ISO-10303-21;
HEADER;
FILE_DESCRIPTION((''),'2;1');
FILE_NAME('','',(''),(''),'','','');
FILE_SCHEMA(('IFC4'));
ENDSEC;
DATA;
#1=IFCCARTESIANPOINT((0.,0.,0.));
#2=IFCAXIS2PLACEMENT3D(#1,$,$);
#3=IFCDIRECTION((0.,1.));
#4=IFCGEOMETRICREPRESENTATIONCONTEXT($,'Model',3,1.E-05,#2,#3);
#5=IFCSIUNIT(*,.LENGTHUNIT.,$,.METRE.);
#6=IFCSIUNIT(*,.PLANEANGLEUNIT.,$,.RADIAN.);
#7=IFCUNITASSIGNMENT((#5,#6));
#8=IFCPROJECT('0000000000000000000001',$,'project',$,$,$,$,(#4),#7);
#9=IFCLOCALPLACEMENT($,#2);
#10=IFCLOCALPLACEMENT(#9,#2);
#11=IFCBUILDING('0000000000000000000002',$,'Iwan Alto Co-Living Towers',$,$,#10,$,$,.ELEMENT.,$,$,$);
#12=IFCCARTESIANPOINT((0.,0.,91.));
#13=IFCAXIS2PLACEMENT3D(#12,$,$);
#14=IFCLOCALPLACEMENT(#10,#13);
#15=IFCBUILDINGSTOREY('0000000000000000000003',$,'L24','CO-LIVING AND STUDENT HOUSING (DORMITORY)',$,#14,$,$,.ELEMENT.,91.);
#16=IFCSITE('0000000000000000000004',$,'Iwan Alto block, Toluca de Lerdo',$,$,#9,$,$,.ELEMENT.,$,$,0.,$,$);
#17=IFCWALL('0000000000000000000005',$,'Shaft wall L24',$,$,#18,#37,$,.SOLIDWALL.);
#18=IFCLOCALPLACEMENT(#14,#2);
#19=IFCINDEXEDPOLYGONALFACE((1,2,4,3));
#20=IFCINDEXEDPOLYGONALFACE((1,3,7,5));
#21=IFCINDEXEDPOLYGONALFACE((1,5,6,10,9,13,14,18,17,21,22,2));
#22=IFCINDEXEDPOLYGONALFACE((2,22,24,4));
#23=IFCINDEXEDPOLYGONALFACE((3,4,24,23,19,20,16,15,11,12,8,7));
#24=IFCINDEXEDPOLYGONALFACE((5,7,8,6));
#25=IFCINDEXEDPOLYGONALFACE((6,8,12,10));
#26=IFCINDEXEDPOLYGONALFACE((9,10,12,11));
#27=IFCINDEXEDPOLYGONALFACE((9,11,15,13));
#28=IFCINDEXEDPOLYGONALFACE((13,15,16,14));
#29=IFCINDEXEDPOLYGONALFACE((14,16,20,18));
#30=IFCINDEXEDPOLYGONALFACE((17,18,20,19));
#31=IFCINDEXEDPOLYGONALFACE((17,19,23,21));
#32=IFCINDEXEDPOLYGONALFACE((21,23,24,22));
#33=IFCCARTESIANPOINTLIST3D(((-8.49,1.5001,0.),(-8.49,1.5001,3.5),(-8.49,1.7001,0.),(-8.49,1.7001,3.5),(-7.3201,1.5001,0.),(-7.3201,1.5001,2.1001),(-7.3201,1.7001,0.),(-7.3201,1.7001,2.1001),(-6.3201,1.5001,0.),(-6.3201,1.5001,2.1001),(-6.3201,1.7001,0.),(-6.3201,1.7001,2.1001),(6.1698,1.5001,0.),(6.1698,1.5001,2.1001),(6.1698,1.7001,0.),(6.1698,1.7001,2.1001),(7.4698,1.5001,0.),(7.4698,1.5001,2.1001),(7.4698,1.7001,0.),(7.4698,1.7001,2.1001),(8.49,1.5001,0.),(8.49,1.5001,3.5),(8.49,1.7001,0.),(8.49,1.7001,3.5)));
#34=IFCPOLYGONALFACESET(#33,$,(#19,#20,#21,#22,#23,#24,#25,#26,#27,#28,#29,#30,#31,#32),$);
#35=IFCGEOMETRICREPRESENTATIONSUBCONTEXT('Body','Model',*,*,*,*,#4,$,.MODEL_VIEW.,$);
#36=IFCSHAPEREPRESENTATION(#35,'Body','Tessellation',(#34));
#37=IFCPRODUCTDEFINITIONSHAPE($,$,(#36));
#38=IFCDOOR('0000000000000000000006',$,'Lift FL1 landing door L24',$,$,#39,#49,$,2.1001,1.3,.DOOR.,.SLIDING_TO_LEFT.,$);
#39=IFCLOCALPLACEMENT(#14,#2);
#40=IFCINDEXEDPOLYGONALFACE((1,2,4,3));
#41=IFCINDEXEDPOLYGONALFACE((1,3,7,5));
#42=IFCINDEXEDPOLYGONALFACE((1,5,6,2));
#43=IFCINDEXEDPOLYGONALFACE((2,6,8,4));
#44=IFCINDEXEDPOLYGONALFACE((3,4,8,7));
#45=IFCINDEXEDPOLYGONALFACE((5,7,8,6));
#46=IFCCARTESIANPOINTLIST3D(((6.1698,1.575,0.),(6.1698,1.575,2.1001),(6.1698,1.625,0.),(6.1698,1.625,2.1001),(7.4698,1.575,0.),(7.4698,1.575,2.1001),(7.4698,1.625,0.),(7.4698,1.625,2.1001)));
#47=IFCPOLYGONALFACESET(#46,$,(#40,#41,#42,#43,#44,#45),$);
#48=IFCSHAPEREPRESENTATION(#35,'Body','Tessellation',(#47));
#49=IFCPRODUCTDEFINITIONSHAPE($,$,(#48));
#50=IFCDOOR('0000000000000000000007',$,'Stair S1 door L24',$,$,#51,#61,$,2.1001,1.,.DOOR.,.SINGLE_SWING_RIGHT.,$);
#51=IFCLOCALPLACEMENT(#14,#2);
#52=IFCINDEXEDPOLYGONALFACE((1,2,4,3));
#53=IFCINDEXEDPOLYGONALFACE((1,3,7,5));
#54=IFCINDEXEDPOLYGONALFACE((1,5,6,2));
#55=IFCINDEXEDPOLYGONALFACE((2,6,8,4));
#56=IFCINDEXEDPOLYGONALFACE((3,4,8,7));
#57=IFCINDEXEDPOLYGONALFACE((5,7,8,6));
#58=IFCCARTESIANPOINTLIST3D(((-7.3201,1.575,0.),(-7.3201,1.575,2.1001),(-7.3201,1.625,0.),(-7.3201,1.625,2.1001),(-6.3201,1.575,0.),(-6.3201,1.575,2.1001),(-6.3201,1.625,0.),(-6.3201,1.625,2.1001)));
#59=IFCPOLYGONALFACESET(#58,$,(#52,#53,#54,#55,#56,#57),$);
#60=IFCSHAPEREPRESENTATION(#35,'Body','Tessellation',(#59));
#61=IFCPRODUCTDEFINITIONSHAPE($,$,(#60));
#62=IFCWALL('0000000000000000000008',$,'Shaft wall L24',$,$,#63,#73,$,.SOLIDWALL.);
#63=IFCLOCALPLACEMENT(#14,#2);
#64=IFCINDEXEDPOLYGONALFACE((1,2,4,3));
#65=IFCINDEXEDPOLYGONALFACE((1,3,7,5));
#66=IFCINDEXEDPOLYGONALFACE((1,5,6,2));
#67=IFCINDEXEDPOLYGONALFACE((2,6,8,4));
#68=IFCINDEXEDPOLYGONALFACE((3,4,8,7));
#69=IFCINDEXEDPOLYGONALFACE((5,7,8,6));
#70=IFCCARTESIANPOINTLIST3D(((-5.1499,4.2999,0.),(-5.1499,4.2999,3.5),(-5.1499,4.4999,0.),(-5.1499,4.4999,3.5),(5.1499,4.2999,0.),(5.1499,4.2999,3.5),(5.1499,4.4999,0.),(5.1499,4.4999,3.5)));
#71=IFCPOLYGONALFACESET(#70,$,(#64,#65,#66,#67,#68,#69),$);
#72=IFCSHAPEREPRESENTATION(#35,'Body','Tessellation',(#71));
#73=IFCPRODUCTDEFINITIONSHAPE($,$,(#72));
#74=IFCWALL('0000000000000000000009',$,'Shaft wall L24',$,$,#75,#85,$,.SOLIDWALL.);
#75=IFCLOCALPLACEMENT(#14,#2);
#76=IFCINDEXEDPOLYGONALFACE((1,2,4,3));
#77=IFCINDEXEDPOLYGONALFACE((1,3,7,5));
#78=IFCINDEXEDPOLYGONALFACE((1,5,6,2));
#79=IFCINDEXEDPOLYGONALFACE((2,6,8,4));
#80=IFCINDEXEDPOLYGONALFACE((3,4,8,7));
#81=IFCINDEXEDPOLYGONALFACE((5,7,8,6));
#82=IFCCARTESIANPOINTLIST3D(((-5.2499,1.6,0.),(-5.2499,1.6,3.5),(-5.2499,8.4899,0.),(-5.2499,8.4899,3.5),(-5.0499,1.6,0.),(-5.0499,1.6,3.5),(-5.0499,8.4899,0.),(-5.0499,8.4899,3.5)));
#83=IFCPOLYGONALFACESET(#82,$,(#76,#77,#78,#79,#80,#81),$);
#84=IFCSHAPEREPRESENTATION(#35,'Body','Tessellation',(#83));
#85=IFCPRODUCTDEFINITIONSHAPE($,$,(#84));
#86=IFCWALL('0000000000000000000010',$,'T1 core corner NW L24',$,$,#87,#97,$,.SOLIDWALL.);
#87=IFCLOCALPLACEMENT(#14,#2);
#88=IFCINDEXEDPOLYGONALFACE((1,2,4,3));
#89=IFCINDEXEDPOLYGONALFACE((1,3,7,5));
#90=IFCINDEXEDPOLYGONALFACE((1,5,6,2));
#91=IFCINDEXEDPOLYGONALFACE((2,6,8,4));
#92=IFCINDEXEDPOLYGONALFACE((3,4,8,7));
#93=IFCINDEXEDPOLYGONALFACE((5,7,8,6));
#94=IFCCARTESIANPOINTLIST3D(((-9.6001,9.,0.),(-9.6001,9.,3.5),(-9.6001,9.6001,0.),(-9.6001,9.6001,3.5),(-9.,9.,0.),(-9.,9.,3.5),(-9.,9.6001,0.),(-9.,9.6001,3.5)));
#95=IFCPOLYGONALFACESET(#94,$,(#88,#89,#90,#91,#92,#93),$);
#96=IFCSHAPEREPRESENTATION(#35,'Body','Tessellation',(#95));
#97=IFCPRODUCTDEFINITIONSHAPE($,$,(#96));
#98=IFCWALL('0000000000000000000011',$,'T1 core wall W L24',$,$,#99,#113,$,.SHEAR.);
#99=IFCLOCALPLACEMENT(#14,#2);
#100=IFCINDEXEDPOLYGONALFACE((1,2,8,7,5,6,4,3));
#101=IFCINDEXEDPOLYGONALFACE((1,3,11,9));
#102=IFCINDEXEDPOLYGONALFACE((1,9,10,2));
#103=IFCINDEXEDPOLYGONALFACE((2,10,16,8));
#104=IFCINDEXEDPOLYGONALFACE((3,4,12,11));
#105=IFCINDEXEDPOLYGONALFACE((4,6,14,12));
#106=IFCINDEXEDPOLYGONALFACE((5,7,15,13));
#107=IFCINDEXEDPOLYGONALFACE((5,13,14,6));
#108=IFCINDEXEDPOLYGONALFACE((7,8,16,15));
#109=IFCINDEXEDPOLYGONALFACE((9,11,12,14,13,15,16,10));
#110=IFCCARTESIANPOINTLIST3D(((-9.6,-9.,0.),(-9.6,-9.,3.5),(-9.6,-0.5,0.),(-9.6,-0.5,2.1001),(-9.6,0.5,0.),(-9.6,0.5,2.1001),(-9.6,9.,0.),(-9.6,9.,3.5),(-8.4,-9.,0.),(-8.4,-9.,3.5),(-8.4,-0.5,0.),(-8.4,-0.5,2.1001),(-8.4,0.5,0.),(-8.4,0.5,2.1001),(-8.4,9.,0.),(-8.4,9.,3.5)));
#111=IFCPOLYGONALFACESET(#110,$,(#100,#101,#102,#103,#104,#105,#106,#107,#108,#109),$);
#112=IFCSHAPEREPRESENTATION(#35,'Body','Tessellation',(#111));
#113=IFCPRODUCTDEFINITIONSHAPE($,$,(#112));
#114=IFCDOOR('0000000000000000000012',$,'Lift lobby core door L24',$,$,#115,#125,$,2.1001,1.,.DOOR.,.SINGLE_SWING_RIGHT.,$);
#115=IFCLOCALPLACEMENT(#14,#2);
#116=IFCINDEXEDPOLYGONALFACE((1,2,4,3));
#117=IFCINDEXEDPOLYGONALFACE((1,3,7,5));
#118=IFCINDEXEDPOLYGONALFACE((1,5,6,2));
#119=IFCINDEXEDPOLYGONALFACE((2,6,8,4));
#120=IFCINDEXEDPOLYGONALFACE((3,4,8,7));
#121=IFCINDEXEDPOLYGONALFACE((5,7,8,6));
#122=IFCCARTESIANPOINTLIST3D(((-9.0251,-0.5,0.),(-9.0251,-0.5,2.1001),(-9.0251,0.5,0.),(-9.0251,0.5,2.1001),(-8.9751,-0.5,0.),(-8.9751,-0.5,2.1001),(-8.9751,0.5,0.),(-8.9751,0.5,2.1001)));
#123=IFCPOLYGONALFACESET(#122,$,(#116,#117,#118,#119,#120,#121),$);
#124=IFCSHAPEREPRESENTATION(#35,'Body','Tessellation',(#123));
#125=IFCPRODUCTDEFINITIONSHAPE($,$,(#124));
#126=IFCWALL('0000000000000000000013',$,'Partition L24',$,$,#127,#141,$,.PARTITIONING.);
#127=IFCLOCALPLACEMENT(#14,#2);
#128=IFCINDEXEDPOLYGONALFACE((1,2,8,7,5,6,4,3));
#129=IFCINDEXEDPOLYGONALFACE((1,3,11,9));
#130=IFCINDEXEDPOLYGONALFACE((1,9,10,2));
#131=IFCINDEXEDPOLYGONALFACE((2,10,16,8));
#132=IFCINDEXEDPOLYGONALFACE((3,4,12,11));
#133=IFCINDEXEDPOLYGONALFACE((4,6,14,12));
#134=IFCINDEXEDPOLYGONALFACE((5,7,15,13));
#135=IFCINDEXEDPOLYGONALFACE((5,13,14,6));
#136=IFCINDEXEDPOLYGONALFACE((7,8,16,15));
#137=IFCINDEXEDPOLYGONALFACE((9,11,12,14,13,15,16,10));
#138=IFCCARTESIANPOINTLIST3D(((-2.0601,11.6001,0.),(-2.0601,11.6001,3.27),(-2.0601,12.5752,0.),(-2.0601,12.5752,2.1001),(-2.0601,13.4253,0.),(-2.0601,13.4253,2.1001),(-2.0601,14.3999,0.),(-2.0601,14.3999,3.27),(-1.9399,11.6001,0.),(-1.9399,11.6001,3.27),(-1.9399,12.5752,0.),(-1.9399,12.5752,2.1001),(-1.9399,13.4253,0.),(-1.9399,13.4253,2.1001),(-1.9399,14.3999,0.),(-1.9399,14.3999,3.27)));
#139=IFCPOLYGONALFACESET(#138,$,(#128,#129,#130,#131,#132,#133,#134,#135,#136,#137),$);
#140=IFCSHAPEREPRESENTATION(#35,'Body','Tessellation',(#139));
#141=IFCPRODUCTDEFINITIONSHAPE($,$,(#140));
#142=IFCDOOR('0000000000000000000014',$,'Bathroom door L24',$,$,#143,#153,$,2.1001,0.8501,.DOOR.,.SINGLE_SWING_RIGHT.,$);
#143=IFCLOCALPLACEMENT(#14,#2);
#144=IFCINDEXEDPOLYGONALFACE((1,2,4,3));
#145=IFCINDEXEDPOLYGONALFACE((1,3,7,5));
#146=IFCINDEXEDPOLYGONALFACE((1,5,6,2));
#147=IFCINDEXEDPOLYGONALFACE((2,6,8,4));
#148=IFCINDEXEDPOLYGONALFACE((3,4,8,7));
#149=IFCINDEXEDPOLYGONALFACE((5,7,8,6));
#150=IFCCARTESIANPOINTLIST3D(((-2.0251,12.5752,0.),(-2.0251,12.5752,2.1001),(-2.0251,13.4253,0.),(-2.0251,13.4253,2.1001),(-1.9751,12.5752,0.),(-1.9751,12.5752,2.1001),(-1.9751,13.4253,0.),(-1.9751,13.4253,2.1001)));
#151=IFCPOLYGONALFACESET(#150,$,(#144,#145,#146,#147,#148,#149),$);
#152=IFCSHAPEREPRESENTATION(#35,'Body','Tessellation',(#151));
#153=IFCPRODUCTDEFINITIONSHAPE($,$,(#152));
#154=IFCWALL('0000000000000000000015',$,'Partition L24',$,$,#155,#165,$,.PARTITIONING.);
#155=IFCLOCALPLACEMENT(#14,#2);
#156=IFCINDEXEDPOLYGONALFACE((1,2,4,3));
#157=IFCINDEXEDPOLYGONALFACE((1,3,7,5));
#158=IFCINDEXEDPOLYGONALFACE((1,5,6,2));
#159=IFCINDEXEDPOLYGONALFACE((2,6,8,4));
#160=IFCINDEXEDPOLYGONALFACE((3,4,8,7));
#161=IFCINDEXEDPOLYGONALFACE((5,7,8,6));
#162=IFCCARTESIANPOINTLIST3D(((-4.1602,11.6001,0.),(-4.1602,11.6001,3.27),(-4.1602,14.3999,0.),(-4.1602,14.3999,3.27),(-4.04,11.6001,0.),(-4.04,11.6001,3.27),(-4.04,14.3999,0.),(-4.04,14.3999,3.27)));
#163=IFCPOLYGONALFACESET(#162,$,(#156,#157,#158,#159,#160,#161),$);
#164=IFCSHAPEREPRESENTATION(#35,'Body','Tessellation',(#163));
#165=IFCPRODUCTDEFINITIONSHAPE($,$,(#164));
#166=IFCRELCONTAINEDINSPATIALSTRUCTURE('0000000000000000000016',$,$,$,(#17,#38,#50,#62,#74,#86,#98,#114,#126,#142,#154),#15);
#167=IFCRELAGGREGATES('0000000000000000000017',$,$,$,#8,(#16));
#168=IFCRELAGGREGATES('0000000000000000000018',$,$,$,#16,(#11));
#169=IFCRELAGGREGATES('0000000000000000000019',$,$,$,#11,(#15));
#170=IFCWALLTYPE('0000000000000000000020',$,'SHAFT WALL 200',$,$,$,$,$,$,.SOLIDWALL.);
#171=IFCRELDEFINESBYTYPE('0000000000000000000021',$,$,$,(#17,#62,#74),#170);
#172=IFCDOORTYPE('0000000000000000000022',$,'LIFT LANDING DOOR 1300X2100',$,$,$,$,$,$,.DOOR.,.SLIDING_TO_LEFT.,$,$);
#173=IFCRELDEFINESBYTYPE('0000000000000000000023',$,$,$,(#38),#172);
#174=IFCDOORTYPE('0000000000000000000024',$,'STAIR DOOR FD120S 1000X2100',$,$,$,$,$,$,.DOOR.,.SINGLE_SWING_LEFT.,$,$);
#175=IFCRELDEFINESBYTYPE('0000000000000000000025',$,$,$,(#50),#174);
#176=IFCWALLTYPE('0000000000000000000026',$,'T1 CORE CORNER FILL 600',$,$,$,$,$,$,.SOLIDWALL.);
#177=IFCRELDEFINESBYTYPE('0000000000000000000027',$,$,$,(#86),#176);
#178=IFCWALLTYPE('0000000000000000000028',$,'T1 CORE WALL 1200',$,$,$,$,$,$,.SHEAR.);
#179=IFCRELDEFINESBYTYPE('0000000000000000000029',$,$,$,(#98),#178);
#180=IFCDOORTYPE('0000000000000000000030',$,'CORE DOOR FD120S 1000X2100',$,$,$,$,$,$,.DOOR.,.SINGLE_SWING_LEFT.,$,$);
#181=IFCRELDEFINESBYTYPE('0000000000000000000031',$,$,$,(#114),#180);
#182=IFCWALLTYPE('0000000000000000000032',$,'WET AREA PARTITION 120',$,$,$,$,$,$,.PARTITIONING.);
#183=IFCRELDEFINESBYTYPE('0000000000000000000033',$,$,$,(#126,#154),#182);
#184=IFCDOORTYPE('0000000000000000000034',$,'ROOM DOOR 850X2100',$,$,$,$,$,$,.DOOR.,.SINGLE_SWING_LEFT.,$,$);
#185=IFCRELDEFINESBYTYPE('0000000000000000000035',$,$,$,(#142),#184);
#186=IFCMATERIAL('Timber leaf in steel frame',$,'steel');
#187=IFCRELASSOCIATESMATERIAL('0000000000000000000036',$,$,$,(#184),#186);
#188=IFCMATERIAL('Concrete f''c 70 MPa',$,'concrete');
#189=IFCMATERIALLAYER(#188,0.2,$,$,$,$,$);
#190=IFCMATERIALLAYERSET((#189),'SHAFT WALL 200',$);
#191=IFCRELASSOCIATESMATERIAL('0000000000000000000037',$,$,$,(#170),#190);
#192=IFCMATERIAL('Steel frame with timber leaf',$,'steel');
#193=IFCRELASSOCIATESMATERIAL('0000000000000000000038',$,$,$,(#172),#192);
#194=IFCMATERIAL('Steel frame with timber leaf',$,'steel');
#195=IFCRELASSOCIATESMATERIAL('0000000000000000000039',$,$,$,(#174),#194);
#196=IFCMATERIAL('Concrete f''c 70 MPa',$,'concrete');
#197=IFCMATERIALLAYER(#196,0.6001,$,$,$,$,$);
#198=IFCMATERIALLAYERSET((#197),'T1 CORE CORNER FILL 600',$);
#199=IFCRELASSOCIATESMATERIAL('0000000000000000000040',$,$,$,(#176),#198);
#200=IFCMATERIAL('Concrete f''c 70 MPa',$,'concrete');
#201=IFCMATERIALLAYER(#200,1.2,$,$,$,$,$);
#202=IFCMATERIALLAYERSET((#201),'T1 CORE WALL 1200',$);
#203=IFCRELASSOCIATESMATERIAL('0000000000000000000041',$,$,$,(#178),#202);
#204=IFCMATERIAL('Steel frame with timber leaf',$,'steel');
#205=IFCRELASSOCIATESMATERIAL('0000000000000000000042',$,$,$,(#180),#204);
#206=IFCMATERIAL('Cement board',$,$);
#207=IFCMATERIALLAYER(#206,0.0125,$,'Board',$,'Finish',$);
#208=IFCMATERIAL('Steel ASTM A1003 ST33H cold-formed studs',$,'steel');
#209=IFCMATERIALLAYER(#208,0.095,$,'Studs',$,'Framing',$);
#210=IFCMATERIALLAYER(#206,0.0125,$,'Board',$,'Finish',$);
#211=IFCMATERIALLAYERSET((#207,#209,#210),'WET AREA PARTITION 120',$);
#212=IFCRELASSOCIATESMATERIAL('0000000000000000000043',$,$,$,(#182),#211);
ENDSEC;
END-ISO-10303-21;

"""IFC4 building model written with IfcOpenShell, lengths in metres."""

from ifc_helpers import new_model, si_unit, direction, frame, frame_2d, origin, place, context, subcontext, project, spatial, rectangle, extrude, material, layer, layer_set, type_object, element, fill, save


model = new_model("IFC4")

# Units and contexts
model_context = context("Model", 3, precision=1e-05, world=origin(), true_north=direction((0.0, 1.0)))
body_context = subcontext(model_context, "Body", "Model", "MODEL_VIEW")
ifc_project = project(units=[si_unit("LENGTHUNIT", "METRE"), si_unit("PLANEANGLEUNIT", "RADIAN")], contexts=[model_context])

# Site, building, storey
site_placement = place(None, origin())
site = spatial("IfcSite", under=ifc_project, at=site_placement, Name="Iwan Alto block, Toluca de Lerdo", CompositionType="ELEMENT", RefElevation=0.0)
building_placement = place(site_placement, origin())
building = spatial("IfcBuilding", under=site, at=building_placement, Name="Iwan Alto Co-Living Towers", CompositionType="ELEMENT")
storey_placement = place(building_placement, frame((0.0, 0.0, 91.0)))
storey = spatial("IfcBuildingStorey", under=building, at=storey_placement, Name="L24", Description="CO-LIVING AND STUDENT HOUSING (DORMITORY)", CompositionType="ELEMENT", Elevation=91.0)

# Shared definitions
ifc_material_1 = material(Name="Steel ASTM A1003 ST33H cold-formed studs", Category="steel")

# Shared definitions
ifc_material_2 = material(Name="Timber leaf in steel frame", Category="steel")
door_type_1 = type_object("IfcDoorType", Name="ROOM DOOR 850X2100", OperationType="SINGLE_SWING_LEFT", PredefinedType="DOOR", material=ifc_material_2)

# Wall, openings, doors
ifc_material_3 = material(Name="Concrete f'c 70 MPa", Category="concrete")
ifc_layer_1 = layer(ifc_material_3, 0.2)
ifc_layer_set_1 = layer_set([ifc_layer_1], Name="SHAFT WALL 200")
wall_type_1 = type_object("IfcWallType", Name="SHAFT WALL 200", PredefinedType="SOLIDWALL", material=ifc_layer_set_1)
wall_1_placement = place(storey_placement, frame((-8.49, 1.6001, 0.0), z_axis=(0.0, 0.0, 1.0), x_axis=(1.0, 0.0, 0.0)))
wall_1 = element("IfcWall", 1, at=wall_1_placement, inside=storey, type_object=wall_type_1, Name="Shaft wall L24", PredefinedType="SOLIDWALL", context=body_context, shape_type="SweptSolid", body=[
    extrude(rectangle(XDim=16.98, YDim=0.2, at=frame_2d((8.49, 0.0))), origin(), (0.0, 0.0, 1.0), 3.5),
])
opening_1_placement = place(wall_1_placement, frame((1.1699, 0.0, 0.0)))
opening_1 = element("IfcOpeningElement", 2, at=opening_1_placement, cuts=wall_1, PredefinedType="OPENING", context=body_context, shape_type="SweptSolid", body=[
    extrude(rectangle(XDim=1.0, YDim=2.1001, at=frame_2d((0.5, 1.05))), frame((0.0, 0.1099, 0.0), z_axis=(0.0, -1.0, 0.0), x_axis=(1.0, 0.0, 0.0)), (0.0, 0.0, 1.0), 0.22),
])
opening_2_placement = place(wall_1_placement, frame((14.6599, 0.0, 0.0)))
opening_2 = element("IfcOpeningElement", 3, at=opening_2_placement, cuts=wall_1, PredefinedType="OPENING", context=body_context, shape_type="SweptSolid", body=[
    extrude(rectangle(XDim=1.3, YDim=2.1001, at=frame_2d((0.6499, 1.05))), frame((0.0, 0.1099, 0.0), z_axis=(0.0, -1.0, 0.0), x_axis=(1.0, 0.0, 0.0)), (0.0, 0.0, 1.0), 0.22),
])
ifc_material_4 = material(Name="Steel frame with timber leaf", Category="steel")
door_type_2 = type_object("IfcDoorType", Name="LIFT LANDING DOOR 1300X2100", OperationType="SLIDING_TO_LEFT", PredefinedType="DOOR", material=ifc_material_4)
door_1_placement = place(opening_2_placement, origin())
door_1 = element("IfcDoor", 4, at=door_1_placement, inside=storey, type_object=door_type_2, Name="Lift FL1 landing door L24", OperationType="SLIDING_TO_LEFT", OverallHeight=2.1001, OverallWidth=1.3, PredefinedType="DOOR", context=body_context, shape_type="SweptSolid", body=[
    extrude(rectangle(XDim=1.3, YDim=2.1001, at=frame_2d((0.6499, 1.05))), frame((0.0, 0.0249, 0.0), z_axis=(0.0, -1.0, 0.0), x_axis=(1.0, 0.0, 0.0)), (0.0, 0.0, 1.0), 0.05),
])
fill(opening_2, door_1)
ifc_material_5 = material(Name="Steel frame with timber leaf", Category="steel")
door_type_3 = type_object("IfcDoorType", Name="STAIR DOOR FD120S 1000X2100", OperationType="SINGLE_SWING_LEFT", PredefinedType="DOOR", material=ifc_material_5)
door_2_placement = place(opening_1_placement, origin())
door_2 = element("IfcDoor", 5, at=door_2_placement, inside=storey, type_object=door_type_3, Name="Stair S1 door L24", OperationType="SINGLE_SWING_RIGHT", OverallHeight=2.1001, OverallWidth=1.0, PredefinedType="DOOR", context=body_context, shape_type="SweptSolid", body=[
    extrude(rectangle(XDim=1.0, YDim=2.1001, at=frame_2d((0.5, 1.05))), frame((0.0, 0.0249, 0.0), z_axis=(0.0, -1.0, 0.0), x_axis=(1.0, 0.0, 0.0)), (0.0, 0.0, 1.0), 0.05),
])
fill(opening_1, door_2)

# Walls
wall_2_placement = place(storey_placement, frame((-5.1499, 4.3999, 0.0), z_axis=(0.0, 0.0, 1.0), x_axis=(1.0, 0.0, 0.0)))
element("IfcWall", 6, at=wall_2_placement, inside=storey, type_object=wall_type_1, Name="Shaft wall L24", PredefinedType="SOLIDWALL", context=body_context, shape_type="SweptSolid", body=[
    extrude(rectangle(XDim=10.2998, YDim=0.2, at=frame_2d((5.1499, 0.0))), origin(), (0.0, 0.0, 1.0), 3.5),
])
wall_3_placement = place(storey_placement, frame((-5.1499, 1.6001, 0.0), z_axis=(0.0, 0.0, 1.0), x_axis=(0.0, 1.0, 0.0)))
element("IfcWall", 7, at=wall_3_placement, inside=storey, type_object=wall_type_1, Name="Shaft wall L24", PredefinedType="SOLIDWALL", context=body_context, shape_type="SweptSolid", body=[
    extrude(rectangle(XDim=6.8899, YDim=0.2, at=frame_2d((3.4448, 0.0))), origin(), (0.0, 0.0, 1.0), 3.5),
])
ifc_material_6 = material(Name="Concrete f'c 70 MPa", Category="concrete")
ifc_layer_2 = layer(ifc_material_6, 0.6001)
ifc_layer_set_2 = layer_set([ifc_layer_2], Name="T1 CORE CORNER FILL 600")
wall_type_2 = type_object("IfcWallType", Name="T1 CORE CORNER FILL 600", PredefinedType="SOLIDWALL", material=ifc_layer_set_2)
wall_4_placement = place(storey_placement, frame((-9.6001, 9.3, 0.0), z_axis=(0.0, 0.0, 1.0), x_axis=(1.0, 0.0, 0.0)))
element("IfcWall", 8, at=wall_4_placement, inside=storey, type_object=wall_type_2, Name="T1 core corner NW L24", PredefinedType="SOLIDWALL", context=body_context, shape_type="SweptSolid", body=[
    extrude(rectangle(XDim=0.6001, YDim=0.6001, at=frame_2d((0.3, 0.0))), origin(), (0.0, 0.0, 1.0), 3.5),
])

# Walls, openings, doors
ifc_material_7 = material(Name="Concrete f'c 70 MPa", Category="concrete")
ifc_layer_3 = layer(ifc_material_7, 1.2)
ifc_layer_set_3 = layer_set([ifc_layer_3], Name="T1 CORE WALL 1200")
wall_type_3 = type_object("IfcWallType", Name="T1 CORE WALL 1200", PredefinedType="SHEAR", material=ifc_layer_set_3)
wall_5_placement = place(storey_placement, frame((-9.0, 9.0, 0.0), z_axis=(0.0, 0.0, 1.0), x_axis=(0.0, -1.0, 0.0)))
wall_5 = element("IfcWall", 9, at=wall_5_placement, inside=storey, type_object=wall_type_3, Name="T1 core wall W L24", PredefinedType="SHEAR", context=body_context, shape_type="SweptSolid", body=[
    extrude(rectangle(XDim=18.0, YDim=1.2, at=frame_2d((9.0, 0.0))), origin(), (0.0, 0.0, 1.0), 3.5),
])
opening_3_placement = place(wall_5_placement, frame((8.5, 0.0, 0.0)))
opening_3 = element("IfcOpeningElement", 10, at=opening_3_placement, cuts=wall_5, PredefinedType="OPENING", context=body_context, shape_type="SweptSolid", body=[
    extrude(rectangle(XDim=1.0, YDim=2.1001, at=frame_2d((0.5, 1.05))), frame((0.0, 0.6099, 0.0), z_axis=(0.0, -1.0, 0.0), x_axis=(1.0, 0.0, 0.0)), (0.0, 0.0, 1.0), 1.22),
])
ifc_material_8 = material(Name="Steel frame with timber leaf", Category="steel")
door_type_4 = type_object("IfcDoorType", Name="CORE DOOR FD120S 1000X2100", OperationType="SINGLE_SWING_LEFT", PredefinedType="DOOR", material=ifc_material_8)
door_3_placement = place(opening_3_placement, origin())
door_3 = element("IfcDoor", 11, at=door_3_placement, inside=storey, type_object=door_type_4, Name="Lift lobby core door L24", OperationType="SINGLE_SWING_RIGHT", OverallHeight=2.1001, OverallWidth=1.0, PredefinedType="DOOR", context=body_context, shape_type="SweptSolid", body=[
    extrude(rectangle(XDim=1.0, YDim=2.1001, at=frame_2d((0.5, 1.05))), frame((0.0, 0.0249, 0.0), z_axis=(0.0, -1.0, 0.0), x_axis=(1.0, 0.0, 0.0)), (0.0, 0.0, 1.0), 0.05),
])
fill(opening_3, door_3)
ifc_material_9 = material(Name="Cement board")
ifc_layer_4 = layer(ifc_material_9, 0.0125, Name="Board", Category="Finish")
ifc_layer_5 = layer(ifc_material_1, 0.095, Name="Studs", Category="Framing")
ifc_layer_6 = layer(ifc_material_9, 0.0125, Name="Board", Category="Finish")
ifc_layer_set_4 = layer_set([ifc_layer_4, ifc_layer_5, ifc_layer_6], Name="WET AREA PARTITION 120")
wall_type_4 = type_object("IfcWallType", Name="WET AREA PARTITION 120", PredefinedType="PARTITIONING", material=ifc_layer_set_4)
wall_6_placement = place(storey_placement, frame((-2.0, 11.6001, 0.0), z_axis=(0.0, 0.0, 1.0), x_axis=(0.0, 1.0, 0.0)))
wall_6 = element("IfcWall", 12, at=wall_6_placement, inside=storey, type_object=wall_type_4, Name="Partition L24", PredefinedType="PARTITIONING", context=body_context, shape_type="SweptSolid", body=[
    extrude(rectangle(XDim=2.7998, YDim=0.1201, at=frame_2d((1.3999, 0.0))), origin(), (0.0, 0.0, 1.0), 3.27),
])
opening_4_placement = place(wall_6_placement, frame((0.9751, 0.0, 0.0)))
opening_4 = element("IfcOpeningElement", 13, at=opening_4_placement, cuts=wall_6, PredefinedType="OPENING", context=body_context, shape_type="SweptSolid", body=[
    extrude(rectangle(XDim=0.8501, YDim=2.1001, at=frame_2d((0.425, 1.05))), frame((0.0, 0.0701, 0.0), z_axis=(0.0, -1.0, 0.0), x_axis=(1.0, 0.0, 0.0)), (0.0, 0.0, 1.0), 0.1401),
])
door_4_placement = place(opening_4_placement, frame((0.8501, 0.0, 0.0), z_axis=(0.0, 0.0, 1.0), x_axis=(-1.0, 0.0, 0.0)))
door_4 = element("IfcDoor", 14, at=door_4_placement, inside=storey, type_object=door_type_1, Name="Bathroom door L24", OperationType="SINGLE_SWING_RIGHT", OverallHeight=2.1001, OverallWidth=0.8501, PredefinedType="DOOR", context=body_context, shape_type="SweptSolid", body=[
    extrude(rectangle(XDim=0.8501, YDim=2.1001, at=frame_2d((0.425, 1.05))), frame((0.0, 0.0249, 0.0), z_axis=(0.0, -1.0, 0.0), x_axis=(1.0, 0.0, 0.0)), (0.0, 0.0, 1.0), 0.05),
])
fill(opening_4, door_4)

# Wall
for number, where, z_axis, x_axis, name in (
    (15, (-4.1001, 11.6001, 0.0), (0.0, 0.0, 1.0), (0.0, 1.0, 0.0), "Partition L24"),
):
    element("IfcWall", number, at=place(storey_placement, frame(where, z_axis=z_axis, x_axis=x_axis)), inside=storey, type_object=wall_type_4, Name=name, PredefinedType="PARTITIONING", context=body_context, shape_type="SweptSolid", body=[
        extrude(rectangle(XDim=2.7998, YDim=0.1201, at=frame_2d((1.3999, 0.0))), origin(), (0.0, 0.0, 1.0), 3.27),
    ])

save(model, "model.ifc")
